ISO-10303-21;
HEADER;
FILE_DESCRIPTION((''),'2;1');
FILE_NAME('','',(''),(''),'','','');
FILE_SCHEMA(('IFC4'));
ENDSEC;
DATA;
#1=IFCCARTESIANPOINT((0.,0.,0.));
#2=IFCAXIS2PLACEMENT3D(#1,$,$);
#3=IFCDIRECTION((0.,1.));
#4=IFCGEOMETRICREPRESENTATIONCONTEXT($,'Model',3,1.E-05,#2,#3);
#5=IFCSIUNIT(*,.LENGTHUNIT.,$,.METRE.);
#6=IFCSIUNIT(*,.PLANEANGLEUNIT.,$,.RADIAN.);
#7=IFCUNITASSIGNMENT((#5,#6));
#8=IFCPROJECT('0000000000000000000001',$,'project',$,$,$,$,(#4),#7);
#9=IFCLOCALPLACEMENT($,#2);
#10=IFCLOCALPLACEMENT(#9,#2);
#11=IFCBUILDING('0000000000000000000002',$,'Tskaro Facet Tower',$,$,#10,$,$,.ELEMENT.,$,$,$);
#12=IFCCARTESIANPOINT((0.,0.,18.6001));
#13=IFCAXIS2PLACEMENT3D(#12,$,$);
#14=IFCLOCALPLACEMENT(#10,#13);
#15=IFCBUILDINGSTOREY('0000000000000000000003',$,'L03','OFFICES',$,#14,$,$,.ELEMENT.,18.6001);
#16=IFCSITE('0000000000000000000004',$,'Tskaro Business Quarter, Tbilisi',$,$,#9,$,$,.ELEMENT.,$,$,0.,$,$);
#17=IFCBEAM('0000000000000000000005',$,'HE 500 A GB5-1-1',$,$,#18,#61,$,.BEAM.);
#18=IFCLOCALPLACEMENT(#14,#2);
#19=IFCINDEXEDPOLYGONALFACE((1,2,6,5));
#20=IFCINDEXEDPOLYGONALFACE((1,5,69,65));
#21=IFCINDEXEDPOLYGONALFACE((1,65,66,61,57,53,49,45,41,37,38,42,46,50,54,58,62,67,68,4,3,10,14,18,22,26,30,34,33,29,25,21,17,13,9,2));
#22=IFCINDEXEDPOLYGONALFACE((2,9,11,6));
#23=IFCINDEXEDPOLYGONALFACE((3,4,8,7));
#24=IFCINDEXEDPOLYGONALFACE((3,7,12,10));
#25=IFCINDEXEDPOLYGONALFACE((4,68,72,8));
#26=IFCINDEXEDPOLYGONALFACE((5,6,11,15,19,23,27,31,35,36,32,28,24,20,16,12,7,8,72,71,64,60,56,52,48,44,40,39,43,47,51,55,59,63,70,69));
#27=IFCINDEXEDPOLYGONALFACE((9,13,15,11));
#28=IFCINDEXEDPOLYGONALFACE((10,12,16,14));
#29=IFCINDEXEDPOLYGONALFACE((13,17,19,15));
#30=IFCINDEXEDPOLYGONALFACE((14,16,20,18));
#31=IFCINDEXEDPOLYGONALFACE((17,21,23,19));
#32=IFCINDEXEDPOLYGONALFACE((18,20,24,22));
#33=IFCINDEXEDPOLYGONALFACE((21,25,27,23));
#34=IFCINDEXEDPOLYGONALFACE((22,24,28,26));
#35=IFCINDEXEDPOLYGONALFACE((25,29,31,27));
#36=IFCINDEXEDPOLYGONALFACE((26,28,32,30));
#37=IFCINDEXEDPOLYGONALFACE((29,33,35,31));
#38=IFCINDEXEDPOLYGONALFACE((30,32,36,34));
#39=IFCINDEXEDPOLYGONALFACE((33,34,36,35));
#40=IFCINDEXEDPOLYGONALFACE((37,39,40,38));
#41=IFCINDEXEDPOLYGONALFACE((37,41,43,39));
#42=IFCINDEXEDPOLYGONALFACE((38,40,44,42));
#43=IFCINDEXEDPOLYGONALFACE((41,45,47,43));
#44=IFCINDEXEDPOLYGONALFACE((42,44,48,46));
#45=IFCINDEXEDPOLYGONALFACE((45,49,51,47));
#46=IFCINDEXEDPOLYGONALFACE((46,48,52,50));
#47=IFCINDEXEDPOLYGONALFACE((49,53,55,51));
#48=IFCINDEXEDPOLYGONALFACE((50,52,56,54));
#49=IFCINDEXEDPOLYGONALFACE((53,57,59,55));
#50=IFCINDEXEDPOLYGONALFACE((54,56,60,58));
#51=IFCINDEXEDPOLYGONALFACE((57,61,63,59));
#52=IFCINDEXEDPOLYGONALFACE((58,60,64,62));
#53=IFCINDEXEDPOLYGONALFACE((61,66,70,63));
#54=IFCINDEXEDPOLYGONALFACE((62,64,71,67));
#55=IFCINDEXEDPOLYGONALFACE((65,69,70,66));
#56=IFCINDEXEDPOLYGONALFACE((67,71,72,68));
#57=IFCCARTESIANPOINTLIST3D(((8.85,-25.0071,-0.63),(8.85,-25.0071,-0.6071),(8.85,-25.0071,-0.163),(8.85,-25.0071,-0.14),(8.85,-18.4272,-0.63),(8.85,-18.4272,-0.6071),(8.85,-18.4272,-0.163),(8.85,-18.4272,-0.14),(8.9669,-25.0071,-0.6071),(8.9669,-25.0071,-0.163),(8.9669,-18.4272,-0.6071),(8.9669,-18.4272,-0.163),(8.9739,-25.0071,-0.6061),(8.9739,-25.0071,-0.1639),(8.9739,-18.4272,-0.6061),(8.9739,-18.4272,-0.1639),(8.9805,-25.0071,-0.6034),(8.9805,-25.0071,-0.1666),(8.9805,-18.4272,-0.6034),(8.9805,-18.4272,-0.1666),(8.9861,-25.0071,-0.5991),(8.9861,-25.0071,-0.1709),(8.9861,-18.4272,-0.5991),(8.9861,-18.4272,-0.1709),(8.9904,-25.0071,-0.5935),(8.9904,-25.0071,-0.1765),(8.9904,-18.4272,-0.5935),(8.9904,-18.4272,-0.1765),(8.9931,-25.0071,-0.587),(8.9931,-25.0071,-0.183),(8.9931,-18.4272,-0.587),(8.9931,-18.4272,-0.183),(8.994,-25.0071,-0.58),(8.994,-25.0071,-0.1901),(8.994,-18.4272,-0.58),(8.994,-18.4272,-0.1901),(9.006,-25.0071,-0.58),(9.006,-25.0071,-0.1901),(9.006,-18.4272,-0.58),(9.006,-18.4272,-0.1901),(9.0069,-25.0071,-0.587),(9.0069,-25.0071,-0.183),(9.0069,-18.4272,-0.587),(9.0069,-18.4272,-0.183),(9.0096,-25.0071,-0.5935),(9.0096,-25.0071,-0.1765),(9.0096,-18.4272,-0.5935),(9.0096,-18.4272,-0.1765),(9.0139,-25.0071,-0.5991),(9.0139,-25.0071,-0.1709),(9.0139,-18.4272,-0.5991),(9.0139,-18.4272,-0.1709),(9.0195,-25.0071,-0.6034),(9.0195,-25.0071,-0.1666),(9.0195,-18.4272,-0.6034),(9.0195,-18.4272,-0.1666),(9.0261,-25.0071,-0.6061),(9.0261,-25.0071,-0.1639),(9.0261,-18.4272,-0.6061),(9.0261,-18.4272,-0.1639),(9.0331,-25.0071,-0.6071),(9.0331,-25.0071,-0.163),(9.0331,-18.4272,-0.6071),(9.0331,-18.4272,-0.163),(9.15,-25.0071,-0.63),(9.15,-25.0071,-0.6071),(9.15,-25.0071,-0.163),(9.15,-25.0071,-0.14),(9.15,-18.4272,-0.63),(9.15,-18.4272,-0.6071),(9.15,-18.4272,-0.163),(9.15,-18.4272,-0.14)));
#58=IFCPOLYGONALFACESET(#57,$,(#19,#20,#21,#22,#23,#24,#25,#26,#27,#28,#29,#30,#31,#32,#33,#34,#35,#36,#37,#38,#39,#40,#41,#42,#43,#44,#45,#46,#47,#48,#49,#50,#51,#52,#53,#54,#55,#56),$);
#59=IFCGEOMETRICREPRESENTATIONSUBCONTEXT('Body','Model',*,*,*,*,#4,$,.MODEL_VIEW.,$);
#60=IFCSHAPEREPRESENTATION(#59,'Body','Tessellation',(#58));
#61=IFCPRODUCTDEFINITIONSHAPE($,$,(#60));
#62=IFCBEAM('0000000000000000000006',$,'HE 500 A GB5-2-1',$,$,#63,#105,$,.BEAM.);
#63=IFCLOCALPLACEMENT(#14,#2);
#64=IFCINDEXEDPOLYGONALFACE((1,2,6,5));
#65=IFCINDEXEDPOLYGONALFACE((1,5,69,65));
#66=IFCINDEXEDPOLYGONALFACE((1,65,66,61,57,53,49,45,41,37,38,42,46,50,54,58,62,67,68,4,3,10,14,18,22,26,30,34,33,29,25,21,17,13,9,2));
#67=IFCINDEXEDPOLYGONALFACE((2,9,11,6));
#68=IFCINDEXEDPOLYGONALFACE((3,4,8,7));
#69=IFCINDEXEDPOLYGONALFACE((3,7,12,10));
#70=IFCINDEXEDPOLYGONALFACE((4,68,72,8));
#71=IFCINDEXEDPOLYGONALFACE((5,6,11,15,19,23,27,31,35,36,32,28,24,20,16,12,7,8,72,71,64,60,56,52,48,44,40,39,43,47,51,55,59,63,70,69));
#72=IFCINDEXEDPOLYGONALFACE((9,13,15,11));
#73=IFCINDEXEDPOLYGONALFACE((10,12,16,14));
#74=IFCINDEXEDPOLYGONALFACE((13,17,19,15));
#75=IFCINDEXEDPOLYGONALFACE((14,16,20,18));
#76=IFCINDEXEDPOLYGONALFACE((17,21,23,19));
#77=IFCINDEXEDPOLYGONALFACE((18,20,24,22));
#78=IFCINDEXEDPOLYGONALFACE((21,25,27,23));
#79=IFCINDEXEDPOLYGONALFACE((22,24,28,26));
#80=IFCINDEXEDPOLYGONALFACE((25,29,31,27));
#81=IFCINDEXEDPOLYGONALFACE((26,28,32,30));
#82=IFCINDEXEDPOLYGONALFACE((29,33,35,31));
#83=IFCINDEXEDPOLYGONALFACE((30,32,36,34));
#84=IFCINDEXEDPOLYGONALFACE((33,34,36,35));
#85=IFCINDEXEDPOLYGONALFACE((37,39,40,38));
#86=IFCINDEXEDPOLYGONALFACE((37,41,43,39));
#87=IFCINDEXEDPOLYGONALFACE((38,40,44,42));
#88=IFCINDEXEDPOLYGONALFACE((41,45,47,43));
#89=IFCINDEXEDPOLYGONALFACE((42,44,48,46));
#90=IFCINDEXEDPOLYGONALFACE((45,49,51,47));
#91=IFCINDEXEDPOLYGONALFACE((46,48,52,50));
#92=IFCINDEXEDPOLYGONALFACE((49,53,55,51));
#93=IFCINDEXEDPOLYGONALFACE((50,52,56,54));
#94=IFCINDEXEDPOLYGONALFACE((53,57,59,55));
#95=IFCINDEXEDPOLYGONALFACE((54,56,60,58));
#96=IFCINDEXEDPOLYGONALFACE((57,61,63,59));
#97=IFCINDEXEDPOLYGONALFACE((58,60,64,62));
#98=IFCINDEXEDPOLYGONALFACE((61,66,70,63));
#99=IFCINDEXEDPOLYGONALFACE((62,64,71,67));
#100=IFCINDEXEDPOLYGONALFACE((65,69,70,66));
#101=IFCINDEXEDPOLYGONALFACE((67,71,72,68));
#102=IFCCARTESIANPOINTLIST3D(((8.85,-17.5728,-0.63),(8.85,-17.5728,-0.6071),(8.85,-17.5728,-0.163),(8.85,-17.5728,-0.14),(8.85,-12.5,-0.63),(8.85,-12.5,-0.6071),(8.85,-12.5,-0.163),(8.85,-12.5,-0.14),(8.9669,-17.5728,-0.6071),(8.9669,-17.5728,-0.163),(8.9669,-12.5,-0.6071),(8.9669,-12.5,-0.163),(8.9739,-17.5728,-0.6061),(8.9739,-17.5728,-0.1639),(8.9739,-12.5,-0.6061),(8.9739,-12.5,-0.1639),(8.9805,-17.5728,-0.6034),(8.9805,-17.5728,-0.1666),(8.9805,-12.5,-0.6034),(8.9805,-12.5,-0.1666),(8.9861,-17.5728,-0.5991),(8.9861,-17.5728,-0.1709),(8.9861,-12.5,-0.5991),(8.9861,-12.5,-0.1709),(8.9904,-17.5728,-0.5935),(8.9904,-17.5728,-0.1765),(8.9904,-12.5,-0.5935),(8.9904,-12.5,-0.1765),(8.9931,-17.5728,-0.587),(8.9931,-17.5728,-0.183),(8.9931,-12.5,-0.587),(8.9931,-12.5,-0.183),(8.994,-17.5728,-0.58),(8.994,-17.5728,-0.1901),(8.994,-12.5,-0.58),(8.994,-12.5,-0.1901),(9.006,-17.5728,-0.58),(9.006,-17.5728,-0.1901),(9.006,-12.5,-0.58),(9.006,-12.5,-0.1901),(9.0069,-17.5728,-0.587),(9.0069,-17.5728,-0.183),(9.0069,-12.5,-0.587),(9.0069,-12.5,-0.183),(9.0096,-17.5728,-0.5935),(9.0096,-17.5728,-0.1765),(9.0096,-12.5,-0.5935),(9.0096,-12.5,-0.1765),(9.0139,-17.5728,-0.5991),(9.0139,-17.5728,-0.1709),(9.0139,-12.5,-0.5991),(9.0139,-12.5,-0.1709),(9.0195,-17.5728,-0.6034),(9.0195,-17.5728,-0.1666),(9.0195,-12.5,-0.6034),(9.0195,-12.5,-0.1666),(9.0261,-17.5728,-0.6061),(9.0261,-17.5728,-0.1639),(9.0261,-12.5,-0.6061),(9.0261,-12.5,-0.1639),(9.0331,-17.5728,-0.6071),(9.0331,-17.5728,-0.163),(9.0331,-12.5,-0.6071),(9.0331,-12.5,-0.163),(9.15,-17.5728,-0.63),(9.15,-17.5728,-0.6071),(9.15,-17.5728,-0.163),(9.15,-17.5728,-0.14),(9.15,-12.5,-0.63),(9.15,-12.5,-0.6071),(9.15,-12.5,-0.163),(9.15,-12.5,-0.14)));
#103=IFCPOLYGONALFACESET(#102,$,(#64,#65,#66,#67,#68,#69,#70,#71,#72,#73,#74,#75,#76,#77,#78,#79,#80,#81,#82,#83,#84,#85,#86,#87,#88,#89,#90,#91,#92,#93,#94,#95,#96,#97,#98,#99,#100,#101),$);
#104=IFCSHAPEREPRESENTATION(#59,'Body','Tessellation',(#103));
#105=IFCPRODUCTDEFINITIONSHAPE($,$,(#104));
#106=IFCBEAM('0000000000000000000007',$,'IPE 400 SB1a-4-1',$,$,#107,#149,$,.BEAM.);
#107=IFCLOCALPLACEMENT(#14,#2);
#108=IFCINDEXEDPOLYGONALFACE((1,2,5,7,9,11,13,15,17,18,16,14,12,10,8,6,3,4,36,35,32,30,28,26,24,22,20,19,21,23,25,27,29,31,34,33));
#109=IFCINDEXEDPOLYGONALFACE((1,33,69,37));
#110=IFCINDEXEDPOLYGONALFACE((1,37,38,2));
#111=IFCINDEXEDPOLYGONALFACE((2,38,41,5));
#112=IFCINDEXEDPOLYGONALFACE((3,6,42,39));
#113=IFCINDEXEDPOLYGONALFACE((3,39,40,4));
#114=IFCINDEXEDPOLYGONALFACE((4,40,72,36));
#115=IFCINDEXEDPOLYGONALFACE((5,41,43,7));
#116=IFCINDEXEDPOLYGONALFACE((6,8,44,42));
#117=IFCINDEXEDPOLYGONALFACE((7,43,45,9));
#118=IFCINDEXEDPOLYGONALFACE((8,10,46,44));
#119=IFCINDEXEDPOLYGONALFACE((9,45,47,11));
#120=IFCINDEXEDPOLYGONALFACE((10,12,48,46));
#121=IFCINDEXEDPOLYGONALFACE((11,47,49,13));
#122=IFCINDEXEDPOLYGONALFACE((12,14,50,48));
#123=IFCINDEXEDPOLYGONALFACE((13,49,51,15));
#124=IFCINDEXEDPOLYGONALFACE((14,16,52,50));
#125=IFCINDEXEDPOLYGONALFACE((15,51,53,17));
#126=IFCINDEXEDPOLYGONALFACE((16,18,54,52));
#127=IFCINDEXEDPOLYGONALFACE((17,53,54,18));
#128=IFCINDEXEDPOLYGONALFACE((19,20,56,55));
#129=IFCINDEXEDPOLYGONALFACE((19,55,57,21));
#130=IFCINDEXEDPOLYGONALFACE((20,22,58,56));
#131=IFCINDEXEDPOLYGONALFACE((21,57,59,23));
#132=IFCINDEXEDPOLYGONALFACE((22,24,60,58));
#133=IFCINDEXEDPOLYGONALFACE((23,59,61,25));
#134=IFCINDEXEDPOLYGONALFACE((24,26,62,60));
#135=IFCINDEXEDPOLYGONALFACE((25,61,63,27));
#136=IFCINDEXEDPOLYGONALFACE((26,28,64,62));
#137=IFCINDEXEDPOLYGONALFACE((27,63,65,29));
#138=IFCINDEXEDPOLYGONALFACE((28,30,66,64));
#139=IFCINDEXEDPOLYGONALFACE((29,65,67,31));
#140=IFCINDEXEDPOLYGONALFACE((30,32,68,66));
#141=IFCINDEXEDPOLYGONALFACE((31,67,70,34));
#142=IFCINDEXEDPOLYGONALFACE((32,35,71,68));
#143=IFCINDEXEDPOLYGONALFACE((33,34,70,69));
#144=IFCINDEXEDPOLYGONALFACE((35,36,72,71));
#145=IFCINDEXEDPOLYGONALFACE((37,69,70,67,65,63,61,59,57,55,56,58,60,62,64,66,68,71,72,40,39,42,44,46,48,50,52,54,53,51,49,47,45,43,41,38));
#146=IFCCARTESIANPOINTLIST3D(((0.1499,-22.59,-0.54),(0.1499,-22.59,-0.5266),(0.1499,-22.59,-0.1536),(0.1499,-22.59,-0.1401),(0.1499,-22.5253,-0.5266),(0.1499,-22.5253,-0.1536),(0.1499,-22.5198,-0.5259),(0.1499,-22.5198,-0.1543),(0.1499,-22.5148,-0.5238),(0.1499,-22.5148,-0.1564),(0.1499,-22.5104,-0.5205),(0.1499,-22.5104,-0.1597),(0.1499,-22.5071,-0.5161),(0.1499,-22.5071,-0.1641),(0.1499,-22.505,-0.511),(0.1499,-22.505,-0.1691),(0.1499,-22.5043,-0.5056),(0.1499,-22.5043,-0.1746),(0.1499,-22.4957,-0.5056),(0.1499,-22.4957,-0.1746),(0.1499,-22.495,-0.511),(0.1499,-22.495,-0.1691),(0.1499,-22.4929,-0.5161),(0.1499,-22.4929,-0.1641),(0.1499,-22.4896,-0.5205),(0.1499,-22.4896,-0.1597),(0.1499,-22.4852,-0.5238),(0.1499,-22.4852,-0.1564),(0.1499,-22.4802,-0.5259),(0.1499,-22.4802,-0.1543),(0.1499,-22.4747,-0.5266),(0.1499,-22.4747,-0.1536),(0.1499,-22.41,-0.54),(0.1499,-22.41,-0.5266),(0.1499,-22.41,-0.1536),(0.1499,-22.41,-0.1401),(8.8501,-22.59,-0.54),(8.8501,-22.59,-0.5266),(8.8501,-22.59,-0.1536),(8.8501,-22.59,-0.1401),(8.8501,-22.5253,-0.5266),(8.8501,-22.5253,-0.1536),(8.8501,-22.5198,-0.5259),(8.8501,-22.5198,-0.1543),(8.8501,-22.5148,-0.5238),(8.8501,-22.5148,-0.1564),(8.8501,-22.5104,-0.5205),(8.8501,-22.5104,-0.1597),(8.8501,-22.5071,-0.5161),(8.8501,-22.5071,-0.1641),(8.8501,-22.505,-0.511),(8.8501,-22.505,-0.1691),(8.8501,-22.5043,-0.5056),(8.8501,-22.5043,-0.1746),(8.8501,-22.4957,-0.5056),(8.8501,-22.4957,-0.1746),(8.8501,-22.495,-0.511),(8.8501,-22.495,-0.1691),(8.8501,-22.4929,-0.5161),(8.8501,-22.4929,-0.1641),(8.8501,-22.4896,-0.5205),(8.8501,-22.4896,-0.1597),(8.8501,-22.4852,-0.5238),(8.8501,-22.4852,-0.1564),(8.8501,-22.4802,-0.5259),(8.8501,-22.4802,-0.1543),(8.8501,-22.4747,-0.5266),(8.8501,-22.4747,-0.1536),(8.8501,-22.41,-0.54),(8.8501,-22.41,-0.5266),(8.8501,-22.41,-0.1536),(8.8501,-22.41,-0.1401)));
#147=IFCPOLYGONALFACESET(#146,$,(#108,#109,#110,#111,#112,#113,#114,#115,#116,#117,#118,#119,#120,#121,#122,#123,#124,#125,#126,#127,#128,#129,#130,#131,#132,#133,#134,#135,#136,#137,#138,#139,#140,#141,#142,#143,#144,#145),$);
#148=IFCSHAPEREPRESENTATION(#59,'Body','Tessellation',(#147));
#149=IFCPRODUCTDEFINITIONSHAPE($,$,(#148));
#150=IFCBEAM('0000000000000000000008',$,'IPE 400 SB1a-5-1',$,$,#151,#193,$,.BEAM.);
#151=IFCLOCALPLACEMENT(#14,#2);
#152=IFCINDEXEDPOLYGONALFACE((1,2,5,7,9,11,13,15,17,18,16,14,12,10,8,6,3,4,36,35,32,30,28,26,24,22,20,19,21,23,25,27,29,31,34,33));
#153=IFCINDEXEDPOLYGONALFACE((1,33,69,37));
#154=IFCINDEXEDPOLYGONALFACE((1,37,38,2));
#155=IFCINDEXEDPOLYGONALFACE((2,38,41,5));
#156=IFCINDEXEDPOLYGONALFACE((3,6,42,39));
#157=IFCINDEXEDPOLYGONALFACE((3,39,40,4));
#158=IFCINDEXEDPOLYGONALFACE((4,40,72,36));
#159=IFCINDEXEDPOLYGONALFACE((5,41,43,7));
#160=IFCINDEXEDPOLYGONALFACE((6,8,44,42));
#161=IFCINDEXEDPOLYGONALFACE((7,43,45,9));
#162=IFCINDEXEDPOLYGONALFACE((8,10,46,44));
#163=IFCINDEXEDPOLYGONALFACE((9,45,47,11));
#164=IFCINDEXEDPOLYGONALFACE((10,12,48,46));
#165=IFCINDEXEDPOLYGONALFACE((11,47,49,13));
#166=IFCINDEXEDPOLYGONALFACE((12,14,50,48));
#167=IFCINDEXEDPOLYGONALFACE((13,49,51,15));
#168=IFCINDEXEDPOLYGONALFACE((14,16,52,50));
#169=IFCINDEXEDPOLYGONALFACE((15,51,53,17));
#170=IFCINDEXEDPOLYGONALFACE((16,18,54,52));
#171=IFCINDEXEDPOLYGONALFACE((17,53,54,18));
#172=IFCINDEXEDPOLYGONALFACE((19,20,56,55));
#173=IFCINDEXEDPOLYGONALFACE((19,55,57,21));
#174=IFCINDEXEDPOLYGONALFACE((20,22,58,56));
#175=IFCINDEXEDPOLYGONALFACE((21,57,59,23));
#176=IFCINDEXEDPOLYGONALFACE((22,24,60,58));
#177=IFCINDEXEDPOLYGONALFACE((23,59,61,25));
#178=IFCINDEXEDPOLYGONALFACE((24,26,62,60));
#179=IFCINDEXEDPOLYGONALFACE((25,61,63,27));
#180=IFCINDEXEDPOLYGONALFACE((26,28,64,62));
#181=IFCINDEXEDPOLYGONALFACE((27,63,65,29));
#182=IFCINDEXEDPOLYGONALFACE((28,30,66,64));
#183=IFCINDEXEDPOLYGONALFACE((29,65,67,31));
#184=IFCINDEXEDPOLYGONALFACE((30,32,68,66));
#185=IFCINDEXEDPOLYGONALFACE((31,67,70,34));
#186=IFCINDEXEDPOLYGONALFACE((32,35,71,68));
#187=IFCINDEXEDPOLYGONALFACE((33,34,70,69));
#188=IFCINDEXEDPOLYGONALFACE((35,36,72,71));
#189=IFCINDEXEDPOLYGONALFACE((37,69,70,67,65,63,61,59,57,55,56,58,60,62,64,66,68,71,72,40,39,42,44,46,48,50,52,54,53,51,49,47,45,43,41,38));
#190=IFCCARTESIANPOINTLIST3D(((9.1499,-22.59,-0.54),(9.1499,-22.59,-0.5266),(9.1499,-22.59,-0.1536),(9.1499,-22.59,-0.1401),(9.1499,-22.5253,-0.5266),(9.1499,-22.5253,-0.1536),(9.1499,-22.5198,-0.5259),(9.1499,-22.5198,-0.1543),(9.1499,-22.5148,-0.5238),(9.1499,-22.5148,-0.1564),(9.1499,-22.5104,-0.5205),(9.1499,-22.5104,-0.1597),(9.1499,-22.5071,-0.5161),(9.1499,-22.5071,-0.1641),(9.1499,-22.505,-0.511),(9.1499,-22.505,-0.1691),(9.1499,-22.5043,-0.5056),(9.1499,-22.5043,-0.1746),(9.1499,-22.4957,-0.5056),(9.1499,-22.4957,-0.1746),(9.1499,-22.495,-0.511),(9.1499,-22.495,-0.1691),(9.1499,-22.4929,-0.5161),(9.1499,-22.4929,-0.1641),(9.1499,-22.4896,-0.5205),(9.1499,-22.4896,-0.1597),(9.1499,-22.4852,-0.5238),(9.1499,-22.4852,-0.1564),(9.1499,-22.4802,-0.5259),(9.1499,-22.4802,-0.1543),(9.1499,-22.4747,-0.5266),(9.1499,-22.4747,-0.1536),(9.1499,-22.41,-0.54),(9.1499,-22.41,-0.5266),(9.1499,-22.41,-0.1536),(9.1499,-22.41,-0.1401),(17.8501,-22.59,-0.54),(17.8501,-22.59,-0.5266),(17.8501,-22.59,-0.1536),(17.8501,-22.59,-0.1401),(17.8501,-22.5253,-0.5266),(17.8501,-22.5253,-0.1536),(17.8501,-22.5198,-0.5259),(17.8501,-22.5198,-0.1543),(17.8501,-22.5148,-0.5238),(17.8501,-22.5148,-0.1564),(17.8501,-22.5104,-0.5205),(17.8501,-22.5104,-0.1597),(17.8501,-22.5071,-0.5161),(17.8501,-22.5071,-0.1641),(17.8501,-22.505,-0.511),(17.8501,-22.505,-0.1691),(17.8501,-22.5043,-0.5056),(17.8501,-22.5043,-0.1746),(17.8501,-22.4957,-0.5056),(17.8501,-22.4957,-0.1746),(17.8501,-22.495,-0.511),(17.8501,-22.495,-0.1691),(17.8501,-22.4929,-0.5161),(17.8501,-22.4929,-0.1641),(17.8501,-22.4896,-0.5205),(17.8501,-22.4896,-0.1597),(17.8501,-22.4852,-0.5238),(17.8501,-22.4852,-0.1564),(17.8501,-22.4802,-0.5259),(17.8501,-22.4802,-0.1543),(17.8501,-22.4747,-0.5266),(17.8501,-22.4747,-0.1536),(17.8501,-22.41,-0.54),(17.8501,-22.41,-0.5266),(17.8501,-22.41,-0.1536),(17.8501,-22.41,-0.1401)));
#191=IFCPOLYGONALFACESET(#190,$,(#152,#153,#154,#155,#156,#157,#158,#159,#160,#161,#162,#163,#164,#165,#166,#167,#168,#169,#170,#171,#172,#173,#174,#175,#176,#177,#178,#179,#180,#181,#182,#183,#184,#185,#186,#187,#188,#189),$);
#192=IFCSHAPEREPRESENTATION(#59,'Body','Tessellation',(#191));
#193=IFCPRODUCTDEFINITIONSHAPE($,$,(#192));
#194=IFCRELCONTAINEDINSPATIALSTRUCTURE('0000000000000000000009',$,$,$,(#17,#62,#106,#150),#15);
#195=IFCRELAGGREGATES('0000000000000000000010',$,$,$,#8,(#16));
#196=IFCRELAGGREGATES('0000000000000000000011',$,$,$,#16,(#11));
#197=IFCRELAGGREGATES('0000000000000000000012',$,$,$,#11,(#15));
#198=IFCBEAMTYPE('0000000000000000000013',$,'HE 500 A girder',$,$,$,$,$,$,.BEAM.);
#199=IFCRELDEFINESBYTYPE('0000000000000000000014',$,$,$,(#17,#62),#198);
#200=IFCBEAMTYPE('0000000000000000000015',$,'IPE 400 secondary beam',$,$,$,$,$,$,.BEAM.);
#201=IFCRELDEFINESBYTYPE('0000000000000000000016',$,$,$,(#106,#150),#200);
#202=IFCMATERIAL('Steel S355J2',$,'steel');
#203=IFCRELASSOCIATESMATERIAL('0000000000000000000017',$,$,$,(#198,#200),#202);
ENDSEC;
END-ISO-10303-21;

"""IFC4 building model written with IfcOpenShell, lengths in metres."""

from ifc_helpers import new_model, si_unit, direction, frame, origin, origin_2d, place, context, subcontext, project, spatial, i_section, extrude, material, material_profile, profile_set, type_object, element, save


model = new_model("IFC4")

# Units and contexts
model_context = context("Model", 3, precision=1e-05, world=origin(), true_north=direction((0.0, 1.0)))
body_context = subcontext(model_context, "Body", "Model", "MODEL_VIEW")
ifc_project = project(units=[si_unit("LENGTHUNIT", "METRE"), si_unit("PLANEANGLEUNIT", "RADIAN")], contexts=[model_context])

# Site, building, storey
site_placement = place(None, origin())
site = spatial("IfcSite", under=ifc_project, at=site_placement, Name="Tskaro Business Quarter, Tbilisi", CompositionType="ELEMENT", RefElevation=0.0)
building_placement = place(site_placement, origin())
building = spatial("IfcBuilding", under=site, at=building_placement, Name="Tskaro Facet Tower", CompositionType="ELEMENT")
storey_placement = place(building_placement, frame((0.0, 0.0, 18.6001)))
storey = spatial("IfcBuildingStorey", under=building, at=storey_placement, Name="L03", Description="OFFICES", CompositionType="ELEMENT", Elevation=18.6001)

# Beams
ifc_material_1 = material(Name="Steel S355J2", Category="steel")
ifc_material_profile_1 = material_profile(ifc_material_1, i_section(OverallWidth=0.3, OverallDepth=0.49, WebThickness=0.012, FlangeThickness=0.0229, FilletRadius=0.0271, at=origin_2d()), Name="HE 500 A")
ifc_profile_set_1 = profile_set([ifc_material_profile_1], Name="Steel S355J2")
beam_type_1 = type_object("IfcBeamType", Name="HE 500 A girder", PredefinedType="BEAM", material=ifc_profile_set_1)
beam_1_placement = place(storey_placement, frame((9.0, -25.0071, -0.385), z_axis=(0.0, 1.0, 0.0), x_axis=(-1.0, 0.0, 0.0)))
element("IfcBeam", 1, at=beam_1_placement, inside=storey, type_object=beam_type_1, Name="HE 500 A GB5-1-1", PredefinedType="BEAM", context=body_context, shape_type="SweptSolid", body=[
    extrude(i_section(OverallWidth=0.3, OverallDepth=0.49, WebThickness=0.012, FlangeThickness=0.0229, FilletRadius=0.0271, at=origin_2d()), origin(), (0.0, 0.0, 1.0), 6.5798),
])
beam_2_placement = place(storey_placement, frame((9.0, -17.5728, -0.385), z_axis=(0.0, 1.0, 0.0), x_axis=(-1.0, 0.0, 0.0)))
element("IfcBeam", 2, at=beam_2_placement, inside=storey, type_object=beam_type_1, Name="HE 500 A GB5-2-1", PredefinedType="BEAM", context=body_context, shape_type="SweptSolid", body=[
    extrude(i_section(OverallWidth=0.3, OverallDepth=0.49, WebThickness=0.012, FlangeThickness=0.0229, FilletRadius=0.0271, at=origin_2d()), origin(), (0.0, 0.0, 1.0), 5.0728),
])
ifc_material_profile_2 = material_profile(ifc_material_1, i_section(OverallWidth=0.1799, OverallDepth=0.3999, WebThickness=0.0085, FlangeThickness=0.0134, FilletRadius=0.021, at=origin_2d()), Name="IPE 400")
ifc_profile_set_2 = profile_set([ifc_material_profile_2], Name="Steel S355J2")
beam_type_2 = type_object("IfcBeamType", Name="IPE 400 secondary beam", PredefinedType="BEAM", material=ifc_profile_set_2)
for number, where, z_axis, x_axis, name in (
    (3, (0.1499, -22.5, -0.3401), (1.0, 0.0, 0.0), (0.0, 1.0, 0.0), "IPE 400 SB1a-4-1"),
    (4, (9.1499, -22.5, -0.3401), (1.0, 0.0, 0.0), (0.0, 1.0, 0.0), "IPE 400 SB1a-5-1"),
):
    element("IfcBeam", number, at=place(storey_placement, frame(where, z_axis=z_axis, x_axis=x_axis)), inside=storey, type_object=beam_type_2, Name=name, PredefinedType="BEAM", context=body_context, shape_type="SweptSolid", body=[
        extrude(i_section(OverallWidth=0.1799, OverallDepth=0.3999, WebThickness=0.0085, FlangeThickness=0.0134, FilletRadius=0.021, at=origin_2d()), origin(), (0.0, 0.0, 1.0), 8.7002),
    ])

save(model, "model.ifc")
